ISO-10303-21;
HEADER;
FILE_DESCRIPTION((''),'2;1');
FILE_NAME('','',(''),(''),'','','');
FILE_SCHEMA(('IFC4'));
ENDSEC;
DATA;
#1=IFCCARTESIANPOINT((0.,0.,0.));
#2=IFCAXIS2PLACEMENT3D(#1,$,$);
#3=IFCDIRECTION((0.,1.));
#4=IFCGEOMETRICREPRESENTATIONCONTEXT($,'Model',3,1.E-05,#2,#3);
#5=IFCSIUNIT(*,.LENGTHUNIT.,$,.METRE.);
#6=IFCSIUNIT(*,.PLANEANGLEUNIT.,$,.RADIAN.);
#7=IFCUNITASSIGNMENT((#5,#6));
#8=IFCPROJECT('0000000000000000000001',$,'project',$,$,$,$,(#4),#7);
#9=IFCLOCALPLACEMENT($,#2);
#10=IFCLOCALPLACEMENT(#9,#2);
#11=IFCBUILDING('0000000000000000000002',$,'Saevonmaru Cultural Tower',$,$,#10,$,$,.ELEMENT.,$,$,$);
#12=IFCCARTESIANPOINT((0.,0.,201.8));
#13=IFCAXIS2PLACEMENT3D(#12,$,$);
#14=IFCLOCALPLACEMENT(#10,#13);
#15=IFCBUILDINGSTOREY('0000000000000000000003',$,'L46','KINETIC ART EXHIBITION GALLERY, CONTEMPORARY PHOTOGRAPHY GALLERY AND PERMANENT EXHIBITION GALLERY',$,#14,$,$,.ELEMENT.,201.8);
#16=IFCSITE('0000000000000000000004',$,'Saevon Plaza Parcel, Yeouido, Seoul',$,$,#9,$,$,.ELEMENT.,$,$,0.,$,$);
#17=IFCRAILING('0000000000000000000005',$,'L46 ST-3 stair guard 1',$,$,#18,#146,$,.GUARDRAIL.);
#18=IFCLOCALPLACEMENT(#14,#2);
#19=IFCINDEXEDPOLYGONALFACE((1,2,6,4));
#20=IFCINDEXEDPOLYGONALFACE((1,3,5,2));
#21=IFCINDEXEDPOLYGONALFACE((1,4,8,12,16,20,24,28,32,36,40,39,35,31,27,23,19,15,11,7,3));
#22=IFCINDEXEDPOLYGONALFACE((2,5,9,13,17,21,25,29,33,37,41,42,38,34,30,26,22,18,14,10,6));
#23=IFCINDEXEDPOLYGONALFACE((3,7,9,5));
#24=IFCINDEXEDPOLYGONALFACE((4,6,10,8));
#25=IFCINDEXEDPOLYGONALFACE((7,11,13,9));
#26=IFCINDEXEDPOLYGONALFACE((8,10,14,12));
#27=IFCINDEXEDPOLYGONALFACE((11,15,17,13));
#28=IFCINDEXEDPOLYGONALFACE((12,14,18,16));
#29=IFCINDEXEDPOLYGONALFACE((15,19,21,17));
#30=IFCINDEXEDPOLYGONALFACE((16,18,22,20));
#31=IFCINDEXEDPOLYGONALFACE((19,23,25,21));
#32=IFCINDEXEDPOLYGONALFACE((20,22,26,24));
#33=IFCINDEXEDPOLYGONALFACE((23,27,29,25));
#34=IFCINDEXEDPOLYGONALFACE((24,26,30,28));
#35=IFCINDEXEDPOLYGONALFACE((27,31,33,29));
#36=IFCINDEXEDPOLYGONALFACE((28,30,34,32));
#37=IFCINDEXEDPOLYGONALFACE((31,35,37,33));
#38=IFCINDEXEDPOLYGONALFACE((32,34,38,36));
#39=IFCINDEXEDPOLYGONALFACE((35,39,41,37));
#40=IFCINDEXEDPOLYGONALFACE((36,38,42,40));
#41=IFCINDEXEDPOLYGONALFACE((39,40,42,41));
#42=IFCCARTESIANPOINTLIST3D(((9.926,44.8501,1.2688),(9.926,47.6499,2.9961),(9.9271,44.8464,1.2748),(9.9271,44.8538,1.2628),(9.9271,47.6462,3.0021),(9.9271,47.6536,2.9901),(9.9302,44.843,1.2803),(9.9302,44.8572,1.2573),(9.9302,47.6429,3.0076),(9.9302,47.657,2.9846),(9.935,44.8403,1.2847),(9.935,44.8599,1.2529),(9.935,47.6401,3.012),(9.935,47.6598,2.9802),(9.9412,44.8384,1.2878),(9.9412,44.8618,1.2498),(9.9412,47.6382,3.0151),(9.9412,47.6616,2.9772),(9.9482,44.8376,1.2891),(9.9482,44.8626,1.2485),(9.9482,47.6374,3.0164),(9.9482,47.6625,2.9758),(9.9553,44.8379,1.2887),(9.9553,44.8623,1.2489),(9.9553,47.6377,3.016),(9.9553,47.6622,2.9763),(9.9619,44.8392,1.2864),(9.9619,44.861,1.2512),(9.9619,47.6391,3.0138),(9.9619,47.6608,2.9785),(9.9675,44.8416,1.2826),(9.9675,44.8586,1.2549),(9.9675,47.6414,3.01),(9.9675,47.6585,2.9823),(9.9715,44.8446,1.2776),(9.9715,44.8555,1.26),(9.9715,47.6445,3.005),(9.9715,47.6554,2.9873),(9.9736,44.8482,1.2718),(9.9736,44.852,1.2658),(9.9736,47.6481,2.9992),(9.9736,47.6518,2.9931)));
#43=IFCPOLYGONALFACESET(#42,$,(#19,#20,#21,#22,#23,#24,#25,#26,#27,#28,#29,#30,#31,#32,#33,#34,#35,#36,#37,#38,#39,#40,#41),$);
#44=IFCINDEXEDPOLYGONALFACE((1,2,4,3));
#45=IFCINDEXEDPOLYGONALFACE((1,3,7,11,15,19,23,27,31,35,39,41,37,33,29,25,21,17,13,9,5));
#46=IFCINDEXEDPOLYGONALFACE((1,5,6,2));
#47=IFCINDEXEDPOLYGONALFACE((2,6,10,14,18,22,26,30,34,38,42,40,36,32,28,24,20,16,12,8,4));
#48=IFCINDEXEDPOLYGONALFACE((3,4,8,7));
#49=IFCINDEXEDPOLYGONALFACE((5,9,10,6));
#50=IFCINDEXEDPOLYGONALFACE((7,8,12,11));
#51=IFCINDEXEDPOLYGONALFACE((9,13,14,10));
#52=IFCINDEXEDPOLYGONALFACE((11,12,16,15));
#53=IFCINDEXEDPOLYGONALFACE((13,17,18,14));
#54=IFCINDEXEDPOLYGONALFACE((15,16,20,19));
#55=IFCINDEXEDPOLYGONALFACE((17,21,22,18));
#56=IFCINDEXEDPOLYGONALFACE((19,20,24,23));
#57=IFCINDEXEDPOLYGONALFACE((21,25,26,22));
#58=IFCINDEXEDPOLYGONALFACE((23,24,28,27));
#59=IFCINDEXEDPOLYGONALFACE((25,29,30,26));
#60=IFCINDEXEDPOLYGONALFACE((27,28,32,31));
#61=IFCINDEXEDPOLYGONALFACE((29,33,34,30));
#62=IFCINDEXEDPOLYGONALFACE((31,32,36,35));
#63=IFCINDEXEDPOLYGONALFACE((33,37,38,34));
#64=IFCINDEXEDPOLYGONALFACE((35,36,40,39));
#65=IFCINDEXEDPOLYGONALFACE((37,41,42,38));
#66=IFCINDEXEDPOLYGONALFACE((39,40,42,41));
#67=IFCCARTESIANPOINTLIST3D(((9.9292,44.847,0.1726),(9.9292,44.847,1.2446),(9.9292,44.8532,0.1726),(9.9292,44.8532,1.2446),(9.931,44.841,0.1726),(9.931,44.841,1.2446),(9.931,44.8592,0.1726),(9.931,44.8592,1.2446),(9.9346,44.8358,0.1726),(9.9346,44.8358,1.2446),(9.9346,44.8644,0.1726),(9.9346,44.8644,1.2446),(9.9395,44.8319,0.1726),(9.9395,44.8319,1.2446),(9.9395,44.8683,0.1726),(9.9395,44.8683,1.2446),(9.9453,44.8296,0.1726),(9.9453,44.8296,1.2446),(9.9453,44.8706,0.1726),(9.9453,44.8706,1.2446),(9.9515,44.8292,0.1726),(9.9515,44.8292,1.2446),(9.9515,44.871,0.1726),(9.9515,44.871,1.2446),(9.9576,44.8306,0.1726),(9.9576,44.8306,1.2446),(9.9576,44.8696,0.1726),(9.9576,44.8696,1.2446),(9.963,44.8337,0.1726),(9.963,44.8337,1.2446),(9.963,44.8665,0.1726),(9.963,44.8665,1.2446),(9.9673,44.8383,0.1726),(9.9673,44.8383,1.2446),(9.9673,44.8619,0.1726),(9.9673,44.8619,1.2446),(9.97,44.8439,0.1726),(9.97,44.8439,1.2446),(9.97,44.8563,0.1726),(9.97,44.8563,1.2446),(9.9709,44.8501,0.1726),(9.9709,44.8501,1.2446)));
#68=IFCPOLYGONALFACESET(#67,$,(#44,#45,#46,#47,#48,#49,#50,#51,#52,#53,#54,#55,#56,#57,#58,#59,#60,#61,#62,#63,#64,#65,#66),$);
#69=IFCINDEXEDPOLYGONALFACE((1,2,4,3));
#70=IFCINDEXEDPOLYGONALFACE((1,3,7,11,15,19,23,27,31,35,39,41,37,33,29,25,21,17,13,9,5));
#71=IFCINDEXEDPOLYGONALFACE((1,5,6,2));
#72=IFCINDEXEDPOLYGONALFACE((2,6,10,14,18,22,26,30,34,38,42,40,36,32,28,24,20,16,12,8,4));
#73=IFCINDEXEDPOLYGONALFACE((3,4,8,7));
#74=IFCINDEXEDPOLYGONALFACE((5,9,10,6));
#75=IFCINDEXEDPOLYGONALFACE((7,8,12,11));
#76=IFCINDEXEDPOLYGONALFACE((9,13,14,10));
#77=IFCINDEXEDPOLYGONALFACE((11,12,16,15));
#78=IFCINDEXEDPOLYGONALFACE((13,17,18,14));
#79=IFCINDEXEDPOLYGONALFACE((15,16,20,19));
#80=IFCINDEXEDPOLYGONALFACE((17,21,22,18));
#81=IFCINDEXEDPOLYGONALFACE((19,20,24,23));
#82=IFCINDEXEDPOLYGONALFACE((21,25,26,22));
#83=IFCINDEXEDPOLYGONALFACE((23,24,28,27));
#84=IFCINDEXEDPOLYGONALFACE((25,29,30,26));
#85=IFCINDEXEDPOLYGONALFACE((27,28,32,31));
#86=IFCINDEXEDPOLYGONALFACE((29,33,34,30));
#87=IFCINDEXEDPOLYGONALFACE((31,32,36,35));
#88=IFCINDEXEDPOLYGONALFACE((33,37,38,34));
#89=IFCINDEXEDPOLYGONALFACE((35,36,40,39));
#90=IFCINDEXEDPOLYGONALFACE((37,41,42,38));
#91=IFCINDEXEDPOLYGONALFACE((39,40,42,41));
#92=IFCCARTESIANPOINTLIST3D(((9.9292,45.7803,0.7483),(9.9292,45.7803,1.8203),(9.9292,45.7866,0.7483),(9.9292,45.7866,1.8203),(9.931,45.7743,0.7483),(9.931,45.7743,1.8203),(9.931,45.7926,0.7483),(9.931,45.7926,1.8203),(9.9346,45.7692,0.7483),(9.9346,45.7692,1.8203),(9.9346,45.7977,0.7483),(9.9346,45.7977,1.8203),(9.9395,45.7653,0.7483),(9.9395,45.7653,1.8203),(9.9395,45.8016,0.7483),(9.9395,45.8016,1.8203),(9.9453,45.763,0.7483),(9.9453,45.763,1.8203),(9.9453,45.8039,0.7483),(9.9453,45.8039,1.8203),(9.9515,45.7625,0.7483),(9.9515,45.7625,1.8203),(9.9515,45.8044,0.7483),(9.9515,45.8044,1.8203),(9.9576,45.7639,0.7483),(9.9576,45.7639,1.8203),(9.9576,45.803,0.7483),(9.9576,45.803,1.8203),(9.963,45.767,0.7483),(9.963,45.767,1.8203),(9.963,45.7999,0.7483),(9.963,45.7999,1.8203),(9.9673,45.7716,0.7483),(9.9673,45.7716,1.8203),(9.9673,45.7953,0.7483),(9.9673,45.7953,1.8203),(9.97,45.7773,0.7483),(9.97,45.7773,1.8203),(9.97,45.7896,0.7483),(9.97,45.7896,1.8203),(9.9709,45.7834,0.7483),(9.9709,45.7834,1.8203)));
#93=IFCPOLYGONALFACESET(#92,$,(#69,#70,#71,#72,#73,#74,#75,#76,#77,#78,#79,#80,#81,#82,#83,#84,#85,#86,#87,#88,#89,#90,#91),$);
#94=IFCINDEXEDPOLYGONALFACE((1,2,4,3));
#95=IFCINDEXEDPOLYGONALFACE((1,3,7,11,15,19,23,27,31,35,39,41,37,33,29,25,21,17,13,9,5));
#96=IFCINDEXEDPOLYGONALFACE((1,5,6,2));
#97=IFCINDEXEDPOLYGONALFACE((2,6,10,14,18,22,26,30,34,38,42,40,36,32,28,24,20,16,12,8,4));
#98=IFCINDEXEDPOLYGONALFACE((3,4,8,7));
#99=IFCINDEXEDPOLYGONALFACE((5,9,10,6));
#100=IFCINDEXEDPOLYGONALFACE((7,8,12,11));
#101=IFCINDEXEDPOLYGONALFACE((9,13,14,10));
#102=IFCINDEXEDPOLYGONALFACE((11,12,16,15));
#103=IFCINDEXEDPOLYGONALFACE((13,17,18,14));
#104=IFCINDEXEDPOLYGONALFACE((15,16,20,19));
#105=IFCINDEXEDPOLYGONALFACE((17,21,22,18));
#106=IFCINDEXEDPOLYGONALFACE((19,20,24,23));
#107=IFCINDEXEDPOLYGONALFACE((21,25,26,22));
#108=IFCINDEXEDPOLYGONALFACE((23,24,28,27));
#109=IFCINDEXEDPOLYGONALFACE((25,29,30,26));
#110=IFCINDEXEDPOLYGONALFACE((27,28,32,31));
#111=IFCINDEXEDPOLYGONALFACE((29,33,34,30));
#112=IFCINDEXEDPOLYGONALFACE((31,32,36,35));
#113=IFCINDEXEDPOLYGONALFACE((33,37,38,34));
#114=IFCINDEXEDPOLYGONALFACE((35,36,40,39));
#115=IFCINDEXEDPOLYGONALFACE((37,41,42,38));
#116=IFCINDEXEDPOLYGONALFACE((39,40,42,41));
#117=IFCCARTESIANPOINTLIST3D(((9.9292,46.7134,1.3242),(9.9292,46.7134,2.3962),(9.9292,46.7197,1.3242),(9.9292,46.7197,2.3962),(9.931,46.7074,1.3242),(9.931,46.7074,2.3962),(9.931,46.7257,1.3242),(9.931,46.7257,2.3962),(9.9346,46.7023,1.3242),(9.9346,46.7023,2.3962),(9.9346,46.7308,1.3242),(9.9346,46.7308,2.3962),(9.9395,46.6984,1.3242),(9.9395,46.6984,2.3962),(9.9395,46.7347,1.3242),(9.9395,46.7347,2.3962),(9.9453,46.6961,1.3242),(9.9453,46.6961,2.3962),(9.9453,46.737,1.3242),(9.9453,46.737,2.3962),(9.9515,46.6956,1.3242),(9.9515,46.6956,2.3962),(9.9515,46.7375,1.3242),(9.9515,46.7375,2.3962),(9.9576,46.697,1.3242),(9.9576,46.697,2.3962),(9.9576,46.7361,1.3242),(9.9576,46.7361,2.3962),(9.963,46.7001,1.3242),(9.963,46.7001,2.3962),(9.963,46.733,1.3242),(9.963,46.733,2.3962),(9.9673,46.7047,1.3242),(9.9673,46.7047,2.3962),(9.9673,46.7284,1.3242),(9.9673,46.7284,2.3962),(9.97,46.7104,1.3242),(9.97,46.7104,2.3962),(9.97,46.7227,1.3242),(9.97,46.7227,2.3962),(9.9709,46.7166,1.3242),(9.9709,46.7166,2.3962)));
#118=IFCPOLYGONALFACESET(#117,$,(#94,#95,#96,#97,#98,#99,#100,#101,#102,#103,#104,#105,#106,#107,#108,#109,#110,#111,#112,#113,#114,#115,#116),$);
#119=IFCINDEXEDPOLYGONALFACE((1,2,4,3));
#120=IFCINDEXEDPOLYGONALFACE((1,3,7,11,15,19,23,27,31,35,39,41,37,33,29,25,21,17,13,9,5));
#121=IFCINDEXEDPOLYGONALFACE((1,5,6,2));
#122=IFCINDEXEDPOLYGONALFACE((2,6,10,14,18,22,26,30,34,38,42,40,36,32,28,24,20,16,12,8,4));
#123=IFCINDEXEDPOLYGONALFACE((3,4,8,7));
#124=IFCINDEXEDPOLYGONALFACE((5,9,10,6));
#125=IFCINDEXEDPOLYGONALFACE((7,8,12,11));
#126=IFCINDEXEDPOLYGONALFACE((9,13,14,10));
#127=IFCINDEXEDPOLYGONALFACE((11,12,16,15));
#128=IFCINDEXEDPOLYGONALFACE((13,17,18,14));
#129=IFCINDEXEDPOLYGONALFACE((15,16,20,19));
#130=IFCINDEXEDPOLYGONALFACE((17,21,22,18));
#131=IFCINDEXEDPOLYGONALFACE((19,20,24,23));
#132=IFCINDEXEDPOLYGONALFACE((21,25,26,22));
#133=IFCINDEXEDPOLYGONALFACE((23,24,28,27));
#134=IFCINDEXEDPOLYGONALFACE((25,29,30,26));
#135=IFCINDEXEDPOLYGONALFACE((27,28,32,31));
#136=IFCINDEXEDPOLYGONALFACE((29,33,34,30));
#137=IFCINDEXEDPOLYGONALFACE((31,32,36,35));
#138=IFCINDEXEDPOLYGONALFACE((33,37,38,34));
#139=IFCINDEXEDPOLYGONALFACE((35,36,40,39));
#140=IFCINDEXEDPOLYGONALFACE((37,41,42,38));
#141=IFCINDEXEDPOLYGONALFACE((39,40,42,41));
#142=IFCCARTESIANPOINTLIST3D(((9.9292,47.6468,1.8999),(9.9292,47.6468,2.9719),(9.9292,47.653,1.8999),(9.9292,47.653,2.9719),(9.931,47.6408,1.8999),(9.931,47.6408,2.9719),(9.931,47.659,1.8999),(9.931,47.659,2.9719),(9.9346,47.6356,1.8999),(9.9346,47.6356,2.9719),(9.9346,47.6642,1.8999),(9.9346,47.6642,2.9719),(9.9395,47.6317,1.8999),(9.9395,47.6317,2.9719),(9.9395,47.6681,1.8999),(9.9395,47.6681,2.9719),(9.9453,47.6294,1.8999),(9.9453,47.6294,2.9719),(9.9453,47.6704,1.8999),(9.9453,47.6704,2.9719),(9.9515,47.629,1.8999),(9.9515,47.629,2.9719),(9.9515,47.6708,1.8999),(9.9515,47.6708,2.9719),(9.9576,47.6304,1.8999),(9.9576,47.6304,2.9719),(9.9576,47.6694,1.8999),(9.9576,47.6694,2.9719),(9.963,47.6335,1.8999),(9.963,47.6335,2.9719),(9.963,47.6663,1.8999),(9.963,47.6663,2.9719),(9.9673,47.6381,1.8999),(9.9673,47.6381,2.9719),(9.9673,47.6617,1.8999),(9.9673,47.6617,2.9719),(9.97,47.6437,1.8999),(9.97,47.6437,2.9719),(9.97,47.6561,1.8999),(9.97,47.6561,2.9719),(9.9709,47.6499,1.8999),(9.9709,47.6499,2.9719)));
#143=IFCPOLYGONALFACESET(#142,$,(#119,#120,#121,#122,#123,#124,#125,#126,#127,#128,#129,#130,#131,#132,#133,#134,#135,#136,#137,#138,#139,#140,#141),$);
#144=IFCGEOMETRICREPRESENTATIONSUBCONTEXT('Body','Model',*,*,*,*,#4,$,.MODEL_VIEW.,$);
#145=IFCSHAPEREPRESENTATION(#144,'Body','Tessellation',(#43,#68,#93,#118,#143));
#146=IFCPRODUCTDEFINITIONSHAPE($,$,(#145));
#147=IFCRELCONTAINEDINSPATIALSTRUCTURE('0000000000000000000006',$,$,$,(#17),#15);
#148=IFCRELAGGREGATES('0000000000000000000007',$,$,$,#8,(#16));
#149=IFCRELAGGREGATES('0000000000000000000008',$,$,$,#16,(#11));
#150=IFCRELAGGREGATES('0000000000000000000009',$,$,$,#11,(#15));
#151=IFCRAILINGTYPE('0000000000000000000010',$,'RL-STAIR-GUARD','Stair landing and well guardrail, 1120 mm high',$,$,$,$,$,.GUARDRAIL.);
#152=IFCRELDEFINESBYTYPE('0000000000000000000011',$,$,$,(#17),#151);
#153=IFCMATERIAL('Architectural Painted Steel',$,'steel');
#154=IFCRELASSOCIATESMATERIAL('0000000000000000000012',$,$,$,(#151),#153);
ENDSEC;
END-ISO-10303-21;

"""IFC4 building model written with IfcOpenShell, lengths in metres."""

from ifc_helpers import new_model, si_unit, direction, frame, origin, origin_2d, place, context, subcontext, project, spatial, circle, extrude, material, type_object, element, save


model = new_model("IFC4")

# Units and contexts
model_context = context("Model", 3, precision=1e-05, world=origin(), true_north=direction((0.0, 1.0)))
body_context = subcontext(model_context, "Body", "Model", "MODEL_VIEW")
ifc_project = project(units=[si_unit("LENGTHUNIT", "METRE"), si_unit("PLANEANGLEUNIT", "RADIAN")], contexts=[model_context])

# Site, building, storey
site_placement = place(None, origin())
site = spatial("IfcSite", under=ifc_project, at=site_placement, Name="Saevon Plaza Parcel, Yeouido, Seoul", CompositionType="ELEMENT", RefElevation=0.0)
building_placement = place(site_placement, origin())
building = spatial("IfcBuilding", under=site, at=building_placement, Name="Saevonmaru Cultural Tower", CompositionType="ELEMENT")
storey_placement = place(building_placement, frame((0.0, 0.0, 201.8)))
storey = spatial("IfcBuildingStorey", under=building, at=storey_placement, Name="L46", Description="KINETIC ART EXHIBITION GALLERY, CONTEMPORARY PHOTOGRAPHY GALLERY AND PERMANENT EXHIBITION GALLERY", CompositionType="ELEMENT", Elevation=201.8)

# Railing
ifc_material_1 = material(Name="Architectural Painted Steel", Category="steel")
railing_type_1 = type_object("IfcRailingType", Name="RL-STAIR-GUARD", Description="Stair landing and well guardrail, 1120 mm high", PredefinedType="GUARDRAIL", material=ifc_material_1)
railing_1_placement = place(storey_placement, frame((9.95, 44.8501, 0.1726)))
element("IfcRailing", 1, at=railing_1_placement, inside=storey, type_object=railing_type_1, Name="L46 ST-3 stair guard 1", PredefinedType="GUARDRAIL", context=body_context, shape_type="SweptSolid", body=[
    extrude(circle(Radius=0.0239, at=origin_2d()), frame((0.0, 0.0, 1.0962), z_axis=(0.0, 0.851069, 0.525054), x_axis=(-1.0, 0.0, 0.0)), (0.0, 0.0, 1.0), 3.2898),
    extrude(circle(Radius=0.021, at=origin_2d()), origin(), (0.0, 0.0, 1.0), 1.072),
    extrude(circle(Radius=0.021, at=origin_2d()), frame((0.0, 0.9333, 0.5757)), (0.0, 0.0, 1.0), 1.072),
    extrude(circle(Radius=0.021, at=origin_2d()), frame((0.0, 1.8665, 1.1516)), (0.0, 0.0, 1.0), 1.072),
    extrude(circle(Radius=0.021, at=origin_2d()), frame((0.0, 2.7998, 1.7273)), (0.0, 0.0, 1.0), 1.072),
])

save(model, "model.ifc")
